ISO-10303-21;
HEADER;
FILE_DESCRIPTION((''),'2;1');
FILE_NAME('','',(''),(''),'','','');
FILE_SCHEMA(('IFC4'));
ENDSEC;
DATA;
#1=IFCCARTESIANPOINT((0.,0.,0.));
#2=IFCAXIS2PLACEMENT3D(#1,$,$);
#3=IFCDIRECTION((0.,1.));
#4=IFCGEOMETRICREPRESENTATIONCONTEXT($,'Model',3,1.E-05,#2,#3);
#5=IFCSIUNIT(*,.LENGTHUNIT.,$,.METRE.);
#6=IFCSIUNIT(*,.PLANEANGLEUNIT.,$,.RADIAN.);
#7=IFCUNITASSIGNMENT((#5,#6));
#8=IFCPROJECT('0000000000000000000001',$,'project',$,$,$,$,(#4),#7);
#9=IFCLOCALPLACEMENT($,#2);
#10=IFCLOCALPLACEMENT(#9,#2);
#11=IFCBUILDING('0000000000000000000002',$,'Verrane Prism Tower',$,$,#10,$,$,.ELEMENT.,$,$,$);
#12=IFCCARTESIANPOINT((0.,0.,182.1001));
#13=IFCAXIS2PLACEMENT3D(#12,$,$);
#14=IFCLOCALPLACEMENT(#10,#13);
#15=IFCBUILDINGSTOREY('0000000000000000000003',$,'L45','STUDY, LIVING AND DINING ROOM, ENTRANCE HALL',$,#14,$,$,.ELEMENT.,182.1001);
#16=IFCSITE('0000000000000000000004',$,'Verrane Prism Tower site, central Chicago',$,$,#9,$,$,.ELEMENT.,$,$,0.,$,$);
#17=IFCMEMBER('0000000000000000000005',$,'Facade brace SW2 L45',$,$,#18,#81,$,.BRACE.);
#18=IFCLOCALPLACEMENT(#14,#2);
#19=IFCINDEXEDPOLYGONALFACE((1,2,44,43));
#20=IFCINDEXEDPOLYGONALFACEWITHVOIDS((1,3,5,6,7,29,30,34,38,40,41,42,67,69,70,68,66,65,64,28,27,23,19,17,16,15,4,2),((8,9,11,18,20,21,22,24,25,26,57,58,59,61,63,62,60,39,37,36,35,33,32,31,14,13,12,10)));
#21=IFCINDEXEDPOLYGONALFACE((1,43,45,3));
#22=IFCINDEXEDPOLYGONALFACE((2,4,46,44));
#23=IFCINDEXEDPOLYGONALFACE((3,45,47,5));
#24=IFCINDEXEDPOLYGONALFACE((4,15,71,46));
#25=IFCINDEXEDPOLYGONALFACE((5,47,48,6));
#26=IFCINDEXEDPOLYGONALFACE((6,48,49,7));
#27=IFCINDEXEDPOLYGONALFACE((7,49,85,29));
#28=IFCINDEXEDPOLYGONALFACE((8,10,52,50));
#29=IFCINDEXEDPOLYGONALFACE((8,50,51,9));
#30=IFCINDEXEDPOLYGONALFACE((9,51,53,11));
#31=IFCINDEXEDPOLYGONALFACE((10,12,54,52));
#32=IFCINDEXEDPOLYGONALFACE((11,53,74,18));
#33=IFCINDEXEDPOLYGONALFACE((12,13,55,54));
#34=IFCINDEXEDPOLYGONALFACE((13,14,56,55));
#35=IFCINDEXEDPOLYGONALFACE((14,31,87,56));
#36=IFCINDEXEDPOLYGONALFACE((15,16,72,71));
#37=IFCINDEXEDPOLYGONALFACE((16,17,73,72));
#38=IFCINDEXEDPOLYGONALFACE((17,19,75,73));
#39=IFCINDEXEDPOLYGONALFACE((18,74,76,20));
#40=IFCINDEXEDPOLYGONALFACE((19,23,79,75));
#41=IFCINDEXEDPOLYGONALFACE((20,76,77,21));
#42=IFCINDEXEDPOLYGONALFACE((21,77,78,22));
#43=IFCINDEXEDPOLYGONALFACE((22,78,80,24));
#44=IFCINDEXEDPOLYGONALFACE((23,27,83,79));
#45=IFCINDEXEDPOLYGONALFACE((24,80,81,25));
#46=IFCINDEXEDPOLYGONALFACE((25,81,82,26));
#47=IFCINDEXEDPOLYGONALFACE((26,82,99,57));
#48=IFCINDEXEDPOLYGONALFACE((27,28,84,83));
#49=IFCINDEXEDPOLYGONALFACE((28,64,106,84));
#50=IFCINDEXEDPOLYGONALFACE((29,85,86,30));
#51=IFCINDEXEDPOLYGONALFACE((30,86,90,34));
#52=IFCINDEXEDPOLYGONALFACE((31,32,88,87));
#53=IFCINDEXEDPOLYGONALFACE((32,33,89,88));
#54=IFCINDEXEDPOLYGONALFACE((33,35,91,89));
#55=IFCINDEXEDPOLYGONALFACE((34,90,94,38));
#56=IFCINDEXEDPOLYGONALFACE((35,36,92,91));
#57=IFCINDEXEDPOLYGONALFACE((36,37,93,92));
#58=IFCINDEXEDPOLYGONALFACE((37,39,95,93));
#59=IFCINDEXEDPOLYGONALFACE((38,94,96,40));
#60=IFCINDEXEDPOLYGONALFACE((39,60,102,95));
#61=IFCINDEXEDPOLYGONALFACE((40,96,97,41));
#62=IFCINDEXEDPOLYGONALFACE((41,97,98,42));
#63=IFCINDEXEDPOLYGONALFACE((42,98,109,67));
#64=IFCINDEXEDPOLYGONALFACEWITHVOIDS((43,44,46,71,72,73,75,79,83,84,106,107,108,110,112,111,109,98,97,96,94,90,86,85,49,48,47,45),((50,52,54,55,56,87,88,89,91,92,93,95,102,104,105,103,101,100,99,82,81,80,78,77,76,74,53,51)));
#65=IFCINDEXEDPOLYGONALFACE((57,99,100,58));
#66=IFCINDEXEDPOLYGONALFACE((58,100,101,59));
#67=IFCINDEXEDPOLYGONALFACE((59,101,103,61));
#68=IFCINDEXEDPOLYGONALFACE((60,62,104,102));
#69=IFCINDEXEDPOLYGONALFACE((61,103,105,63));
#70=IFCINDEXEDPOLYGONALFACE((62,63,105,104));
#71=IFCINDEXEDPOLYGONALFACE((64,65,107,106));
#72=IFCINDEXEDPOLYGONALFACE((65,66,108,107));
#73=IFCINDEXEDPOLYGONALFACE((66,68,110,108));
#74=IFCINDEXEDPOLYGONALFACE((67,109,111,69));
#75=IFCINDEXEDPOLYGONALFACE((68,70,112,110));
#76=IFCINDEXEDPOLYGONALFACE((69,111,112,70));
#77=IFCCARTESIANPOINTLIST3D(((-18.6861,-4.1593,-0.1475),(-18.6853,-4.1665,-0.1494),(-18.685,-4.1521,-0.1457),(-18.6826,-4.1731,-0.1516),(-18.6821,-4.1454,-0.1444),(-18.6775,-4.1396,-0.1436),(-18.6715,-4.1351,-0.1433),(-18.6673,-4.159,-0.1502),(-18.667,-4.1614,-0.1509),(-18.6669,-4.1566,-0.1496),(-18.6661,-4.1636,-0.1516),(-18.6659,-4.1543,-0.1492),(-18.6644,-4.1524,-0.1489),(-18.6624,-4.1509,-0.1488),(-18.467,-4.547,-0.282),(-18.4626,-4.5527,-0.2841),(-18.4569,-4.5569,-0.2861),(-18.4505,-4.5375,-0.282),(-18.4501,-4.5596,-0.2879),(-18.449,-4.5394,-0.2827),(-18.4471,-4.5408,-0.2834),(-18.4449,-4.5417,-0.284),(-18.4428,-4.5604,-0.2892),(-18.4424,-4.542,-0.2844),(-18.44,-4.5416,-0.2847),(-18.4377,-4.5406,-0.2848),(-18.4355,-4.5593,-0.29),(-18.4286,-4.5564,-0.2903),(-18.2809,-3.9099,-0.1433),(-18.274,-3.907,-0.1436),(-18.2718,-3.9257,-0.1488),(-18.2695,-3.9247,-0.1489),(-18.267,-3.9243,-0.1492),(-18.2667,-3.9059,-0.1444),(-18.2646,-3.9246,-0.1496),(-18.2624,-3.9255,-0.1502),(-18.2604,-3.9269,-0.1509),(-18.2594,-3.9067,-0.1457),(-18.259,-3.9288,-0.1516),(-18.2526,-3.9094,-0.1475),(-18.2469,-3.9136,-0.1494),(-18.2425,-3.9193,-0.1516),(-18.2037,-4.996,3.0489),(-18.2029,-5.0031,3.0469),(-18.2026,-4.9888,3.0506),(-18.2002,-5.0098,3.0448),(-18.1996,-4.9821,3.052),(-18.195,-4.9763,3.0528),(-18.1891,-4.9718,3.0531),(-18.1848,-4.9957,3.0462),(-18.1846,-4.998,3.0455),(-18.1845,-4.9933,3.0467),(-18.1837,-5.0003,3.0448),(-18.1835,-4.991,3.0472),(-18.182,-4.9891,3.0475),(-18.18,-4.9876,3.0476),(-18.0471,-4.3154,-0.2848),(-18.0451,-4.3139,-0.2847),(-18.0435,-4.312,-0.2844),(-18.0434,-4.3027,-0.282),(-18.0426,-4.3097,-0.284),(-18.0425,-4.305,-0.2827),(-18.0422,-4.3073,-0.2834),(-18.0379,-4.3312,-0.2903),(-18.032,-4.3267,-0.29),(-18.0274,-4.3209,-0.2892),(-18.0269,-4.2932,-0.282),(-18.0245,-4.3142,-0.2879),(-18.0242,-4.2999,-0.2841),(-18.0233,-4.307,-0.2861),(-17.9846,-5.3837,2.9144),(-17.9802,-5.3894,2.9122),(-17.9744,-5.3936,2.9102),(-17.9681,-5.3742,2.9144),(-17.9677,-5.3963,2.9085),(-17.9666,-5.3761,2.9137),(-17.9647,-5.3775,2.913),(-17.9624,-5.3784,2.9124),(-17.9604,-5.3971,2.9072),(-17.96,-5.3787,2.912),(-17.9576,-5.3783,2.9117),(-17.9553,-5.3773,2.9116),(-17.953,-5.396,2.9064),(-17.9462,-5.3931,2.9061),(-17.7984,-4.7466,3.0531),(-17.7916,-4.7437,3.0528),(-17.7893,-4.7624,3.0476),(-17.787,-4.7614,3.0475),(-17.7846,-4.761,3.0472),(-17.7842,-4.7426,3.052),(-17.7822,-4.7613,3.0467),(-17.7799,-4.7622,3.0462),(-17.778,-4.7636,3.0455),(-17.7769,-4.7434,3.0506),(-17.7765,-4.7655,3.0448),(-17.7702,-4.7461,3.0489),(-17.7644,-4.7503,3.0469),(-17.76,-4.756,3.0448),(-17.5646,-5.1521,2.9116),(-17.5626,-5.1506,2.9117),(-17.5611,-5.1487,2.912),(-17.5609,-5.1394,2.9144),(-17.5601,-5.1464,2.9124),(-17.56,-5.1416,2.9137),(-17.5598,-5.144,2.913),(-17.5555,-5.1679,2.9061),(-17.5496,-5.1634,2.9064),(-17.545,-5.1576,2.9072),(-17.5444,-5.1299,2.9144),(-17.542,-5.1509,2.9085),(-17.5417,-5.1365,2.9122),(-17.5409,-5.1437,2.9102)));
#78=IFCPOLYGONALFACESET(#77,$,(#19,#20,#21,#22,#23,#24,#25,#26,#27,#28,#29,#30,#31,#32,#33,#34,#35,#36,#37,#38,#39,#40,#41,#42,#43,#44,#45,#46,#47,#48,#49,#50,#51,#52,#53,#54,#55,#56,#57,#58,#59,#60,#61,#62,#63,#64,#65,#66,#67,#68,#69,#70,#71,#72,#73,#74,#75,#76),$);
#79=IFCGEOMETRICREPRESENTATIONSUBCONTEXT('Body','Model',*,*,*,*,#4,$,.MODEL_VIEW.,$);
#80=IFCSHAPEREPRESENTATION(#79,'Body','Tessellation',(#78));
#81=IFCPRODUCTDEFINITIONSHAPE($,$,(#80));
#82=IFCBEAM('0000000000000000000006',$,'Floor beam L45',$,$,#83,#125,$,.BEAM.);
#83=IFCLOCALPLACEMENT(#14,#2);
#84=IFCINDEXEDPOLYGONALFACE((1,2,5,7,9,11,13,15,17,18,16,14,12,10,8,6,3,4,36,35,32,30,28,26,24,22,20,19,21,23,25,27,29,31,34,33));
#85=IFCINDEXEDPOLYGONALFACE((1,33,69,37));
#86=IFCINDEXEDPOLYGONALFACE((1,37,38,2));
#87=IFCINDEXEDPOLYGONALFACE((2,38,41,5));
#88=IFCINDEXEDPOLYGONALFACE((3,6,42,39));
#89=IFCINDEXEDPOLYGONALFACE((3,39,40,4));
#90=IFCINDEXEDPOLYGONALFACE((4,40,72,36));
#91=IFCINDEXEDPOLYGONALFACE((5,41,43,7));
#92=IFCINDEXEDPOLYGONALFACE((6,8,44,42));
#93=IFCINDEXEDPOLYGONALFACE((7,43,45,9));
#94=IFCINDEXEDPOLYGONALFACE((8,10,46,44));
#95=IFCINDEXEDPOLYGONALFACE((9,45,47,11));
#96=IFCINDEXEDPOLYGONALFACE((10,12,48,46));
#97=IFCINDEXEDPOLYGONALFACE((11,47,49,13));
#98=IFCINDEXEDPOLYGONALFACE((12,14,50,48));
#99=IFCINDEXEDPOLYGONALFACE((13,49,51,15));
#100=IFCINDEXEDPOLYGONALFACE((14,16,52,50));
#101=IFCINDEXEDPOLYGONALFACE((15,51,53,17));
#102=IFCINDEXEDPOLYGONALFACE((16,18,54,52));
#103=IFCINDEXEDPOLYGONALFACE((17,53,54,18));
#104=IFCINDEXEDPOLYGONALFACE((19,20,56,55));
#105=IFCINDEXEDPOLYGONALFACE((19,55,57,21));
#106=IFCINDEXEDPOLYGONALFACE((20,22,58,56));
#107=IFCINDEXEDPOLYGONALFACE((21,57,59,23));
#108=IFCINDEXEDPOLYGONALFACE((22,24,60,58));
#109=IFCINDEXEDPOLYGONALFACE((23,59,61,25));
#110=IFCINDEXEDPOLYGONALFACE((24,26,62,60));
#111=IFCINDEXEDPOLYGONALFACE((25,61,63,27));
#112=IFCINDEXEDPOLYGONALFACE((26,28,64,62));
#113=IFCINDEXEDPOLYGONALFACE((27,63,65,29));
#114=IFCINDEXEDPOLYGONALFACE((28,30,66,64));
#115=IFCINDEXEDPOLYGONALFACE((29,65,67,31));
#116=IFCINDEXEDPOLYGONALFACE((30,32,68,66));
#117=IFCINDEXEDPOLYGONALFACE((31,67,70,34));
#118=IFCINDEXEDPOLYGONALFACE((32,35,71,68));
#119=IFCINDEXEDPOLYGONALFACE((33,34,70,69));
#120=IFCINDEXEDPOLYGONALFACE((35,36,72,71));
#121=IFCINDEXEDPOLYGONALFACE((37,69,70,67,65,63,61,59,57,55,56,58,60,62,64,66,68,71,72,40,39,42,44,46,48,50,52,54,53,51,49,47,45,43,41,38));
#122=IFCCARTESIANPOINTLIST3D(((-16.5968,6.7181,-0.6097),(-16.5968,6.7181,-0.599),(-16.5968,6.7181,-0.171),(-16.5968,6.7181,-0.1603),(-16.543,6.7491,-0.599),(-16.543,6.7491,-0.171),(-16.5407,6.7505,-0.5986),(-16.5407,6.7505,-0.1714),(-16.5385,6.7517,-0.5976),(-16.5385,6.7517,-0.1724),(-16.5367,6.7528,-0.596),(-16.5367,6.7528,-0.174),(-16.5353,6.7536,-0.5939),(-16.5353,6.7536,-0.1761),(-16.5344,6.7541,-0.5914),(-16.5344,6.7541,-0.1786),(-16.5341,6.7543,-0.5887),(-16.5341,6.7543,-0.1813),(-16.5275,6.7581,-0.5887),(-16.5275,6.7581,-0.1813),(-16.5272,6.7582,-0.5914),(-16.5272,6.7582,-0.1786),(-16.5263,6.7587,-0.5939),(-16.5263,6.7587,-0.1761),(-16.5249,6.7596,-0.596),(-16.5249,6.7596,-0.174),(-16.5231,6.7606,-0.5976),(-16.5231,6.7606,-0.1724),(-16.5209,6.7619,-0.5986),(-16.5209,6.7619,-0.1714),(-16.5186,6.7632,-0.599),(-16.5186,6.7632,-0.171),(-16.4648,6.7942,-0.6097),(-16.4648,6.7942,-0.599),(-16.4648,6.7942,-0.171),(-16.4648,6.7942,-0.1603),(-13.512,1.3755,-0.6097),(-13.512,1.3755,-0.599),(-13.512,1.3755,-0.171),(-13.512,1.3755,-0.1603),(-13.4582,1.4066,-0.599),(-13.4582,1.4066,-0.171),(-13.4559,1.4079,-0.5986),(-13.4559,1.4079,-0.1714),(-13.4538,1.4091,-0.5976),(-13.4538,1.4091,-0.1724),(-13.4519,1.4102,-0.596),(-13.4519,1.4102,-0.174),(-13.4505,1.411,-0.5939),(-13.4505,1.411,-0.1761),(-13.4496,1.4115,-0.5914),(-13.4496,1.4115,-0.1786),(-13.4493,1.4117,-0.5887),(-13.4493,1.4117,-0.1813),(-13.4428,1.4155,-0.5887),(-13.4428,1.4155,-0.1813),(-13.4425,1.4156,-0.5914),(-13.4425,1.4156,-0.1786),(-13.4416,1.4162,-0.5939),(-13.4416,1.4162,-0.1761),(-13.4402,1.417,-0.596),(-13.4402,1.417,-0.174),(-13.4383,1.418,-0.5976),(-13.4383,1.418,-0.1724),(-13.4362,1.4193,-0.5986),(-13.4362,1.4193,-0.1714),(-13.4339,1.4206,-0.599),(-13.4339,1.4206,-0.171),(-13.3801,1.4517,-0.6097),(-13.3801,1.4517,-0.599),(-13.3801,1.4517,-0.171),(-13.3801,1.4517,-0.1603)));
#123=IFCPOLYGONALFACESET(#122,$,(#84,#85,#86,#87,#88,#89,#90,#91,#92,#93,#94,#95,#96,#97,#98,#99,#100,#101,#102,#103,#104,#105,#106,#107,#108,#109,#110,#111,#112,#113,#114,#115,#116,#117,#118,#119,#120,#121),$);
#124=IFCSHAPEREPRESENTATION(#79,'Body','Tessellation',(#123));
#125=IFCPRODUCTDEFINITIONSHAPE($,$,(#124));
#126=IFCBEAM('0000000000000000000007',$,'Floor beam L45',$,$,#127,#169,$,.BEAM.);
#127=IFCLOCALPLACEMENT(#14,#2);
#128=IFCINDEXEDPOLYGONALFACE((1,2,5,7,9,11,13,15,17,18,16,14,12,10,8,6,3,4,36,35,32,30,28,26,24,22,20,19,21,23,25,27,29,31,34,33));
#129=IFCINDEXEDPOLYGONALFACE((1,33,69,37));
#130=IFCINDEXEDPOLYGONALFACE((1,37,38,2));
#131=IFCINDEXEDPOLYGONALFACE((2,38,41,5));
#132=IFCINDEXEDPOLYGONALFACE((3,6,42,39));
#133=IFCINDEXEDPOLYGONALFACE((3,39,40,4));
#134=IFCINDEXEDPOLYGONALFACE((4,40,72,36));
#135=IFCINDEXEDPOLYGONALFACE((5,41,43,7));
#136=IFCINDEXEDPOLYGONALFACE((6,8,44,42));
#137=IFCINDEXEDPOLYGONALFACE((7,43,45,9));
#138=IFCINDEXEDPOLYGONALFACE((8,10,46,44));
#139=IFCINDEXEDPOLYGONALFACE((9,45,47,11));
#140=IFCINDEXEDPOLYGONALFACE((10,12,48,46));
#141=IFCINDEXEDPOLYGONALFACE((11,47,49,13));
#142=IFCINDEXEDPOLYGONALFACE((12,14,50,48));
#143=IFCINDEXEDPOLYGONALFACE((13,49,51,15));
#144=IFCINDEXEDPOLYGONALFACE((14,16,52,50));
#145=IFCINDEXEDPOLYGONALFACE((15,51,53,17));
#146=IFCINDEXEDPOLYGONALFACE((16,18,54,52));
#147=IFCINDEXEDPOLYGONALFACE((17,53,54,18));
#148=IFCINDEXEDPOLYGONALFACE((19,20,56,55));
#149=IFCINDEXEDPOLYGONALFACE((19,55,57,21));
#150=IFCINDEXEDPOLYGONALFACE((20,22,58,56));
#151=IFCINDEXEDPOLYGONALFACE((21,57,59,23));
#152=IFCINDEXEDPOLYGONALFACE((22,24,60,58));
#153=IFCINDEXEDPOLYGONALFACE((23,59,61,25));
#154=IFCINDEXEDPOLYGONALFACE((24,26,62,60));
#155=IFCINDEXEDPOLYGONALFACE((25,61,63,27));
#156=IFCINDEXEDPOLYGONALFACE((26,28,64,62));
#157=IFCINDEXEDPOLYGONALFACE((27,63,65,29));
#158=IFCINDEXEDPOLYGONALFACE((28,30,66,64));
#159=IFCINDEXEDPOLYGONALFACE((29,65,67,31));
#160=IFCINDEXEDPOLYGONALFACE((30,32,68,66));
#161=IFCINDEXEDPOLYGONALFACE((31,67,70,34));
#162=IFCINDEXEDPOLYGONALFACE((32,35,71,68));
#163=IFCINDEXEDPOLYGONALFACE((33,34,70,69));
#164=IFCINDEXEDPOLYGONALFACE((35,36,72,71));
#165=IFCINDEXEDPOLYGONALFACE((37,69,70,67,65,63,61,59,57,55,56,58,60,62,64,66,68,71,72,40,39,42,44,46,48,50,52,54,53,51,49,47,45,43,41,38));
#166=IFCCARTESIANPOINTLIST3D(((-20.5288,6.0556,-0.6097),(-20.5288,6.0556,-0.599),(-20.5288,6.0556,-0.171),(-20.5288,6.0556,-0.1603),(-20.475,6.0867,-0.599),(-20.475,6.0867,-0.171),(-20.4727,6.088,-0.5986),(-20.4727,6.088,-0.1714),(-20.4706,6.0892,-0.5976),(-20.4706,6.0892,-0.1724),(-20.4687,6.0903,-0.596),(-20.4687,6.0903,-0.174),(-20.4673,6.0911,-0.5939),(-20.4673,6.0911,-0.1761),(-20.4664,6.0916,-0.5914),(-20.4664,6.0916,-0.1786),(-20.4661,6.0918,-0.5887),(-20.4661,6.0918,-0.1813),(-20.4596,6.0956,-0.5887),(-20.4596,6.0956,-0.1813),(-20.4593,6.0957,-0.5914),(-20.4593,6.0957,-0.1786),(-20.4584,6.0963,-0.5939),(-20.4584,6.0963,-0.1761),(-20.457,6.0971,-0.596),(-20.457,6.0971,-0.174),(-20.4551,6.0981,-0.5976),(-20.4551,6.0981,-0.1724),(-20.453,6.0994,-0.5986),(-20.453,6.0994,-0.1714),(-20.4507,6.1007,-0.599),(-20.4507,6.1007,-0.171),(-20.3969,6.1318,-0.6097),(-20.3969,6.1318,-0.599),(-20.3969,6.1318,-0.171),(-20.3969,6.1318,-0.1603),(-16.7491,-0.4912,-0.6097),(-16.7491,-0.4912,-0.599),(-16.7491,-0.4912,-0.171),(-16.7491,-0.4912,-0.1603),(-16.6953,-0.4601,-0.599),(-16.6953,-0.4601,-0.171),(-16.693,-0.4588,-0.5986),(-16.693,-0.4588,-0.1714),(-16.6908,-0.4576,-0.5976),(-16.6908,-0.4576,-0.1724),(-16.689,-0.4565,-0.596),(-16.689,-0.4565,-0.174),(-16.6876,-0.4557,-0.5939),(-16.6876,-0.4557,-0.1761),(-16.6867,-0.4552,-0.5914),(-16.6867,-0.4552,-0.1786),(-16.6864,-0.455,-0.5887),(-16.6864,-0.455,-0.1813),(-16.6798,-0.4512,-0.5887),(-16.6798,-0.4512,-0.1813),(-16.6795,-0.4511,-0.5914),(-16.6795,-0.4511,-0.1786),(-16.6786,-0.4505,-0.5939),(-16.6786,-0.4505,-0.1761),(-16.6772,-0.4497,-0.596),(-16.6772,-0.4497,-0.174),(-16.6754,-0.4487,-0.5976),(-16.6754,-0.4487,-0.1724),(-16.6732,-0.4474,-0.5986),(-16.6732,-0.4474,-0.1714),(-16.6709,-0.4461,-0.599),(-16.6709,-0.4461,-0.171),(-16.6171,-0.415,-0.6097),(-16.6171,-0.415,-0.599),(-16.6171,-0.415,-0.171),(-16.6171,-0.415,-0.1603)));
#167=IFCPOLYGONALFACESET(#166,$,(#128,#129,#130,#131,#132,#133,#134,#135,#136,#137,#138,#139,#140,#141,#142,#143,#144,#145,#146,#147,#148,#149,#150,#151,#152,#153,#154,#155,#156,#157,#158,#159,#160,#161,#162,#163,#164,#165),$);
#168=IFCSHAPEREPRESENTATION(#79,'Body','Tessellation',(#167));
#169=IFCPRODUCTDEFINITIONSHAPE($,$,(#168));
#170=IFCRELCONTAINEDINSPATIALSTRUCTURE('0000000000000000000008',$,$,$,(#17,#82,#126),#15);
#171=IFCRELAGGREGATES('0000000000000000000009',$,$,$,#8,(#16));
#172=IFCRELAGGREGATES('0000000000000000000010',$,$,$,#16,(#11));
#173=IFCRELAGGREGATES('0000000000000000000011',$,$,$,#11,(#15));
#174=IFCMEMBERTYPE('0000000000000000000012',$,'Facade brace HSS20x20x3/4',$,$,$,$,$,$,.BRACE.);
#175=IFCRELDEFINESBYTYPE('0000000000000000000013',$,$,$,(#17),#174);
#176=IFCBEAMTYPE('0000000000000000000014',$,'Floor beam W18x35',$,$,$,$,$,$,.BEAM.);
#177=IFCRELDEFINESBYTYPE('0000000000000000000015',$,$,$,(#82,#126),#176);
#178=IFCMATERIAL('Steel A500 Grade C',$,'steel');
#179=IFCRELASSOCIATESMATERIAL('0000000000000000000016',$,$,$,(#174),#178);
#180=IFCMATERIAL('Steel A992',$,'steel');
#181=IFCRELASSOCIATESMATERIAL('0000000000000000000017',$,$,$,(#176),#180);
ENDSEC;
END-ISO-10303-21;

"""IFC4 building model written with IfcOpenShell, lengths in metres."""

from ifc_helpers import new_model, si_unit, direction, frame, origin, origin_2d, place, context, subcontext, project, spatial, hollow_rectangle, i_section, extrude, material, material_profile, profile_set, type_object, element, save


model = new_model("IFC4")

# Units and contexts
model_context = context("Model", 3, precision=1e-05, world=origin(), true_north=direction((0.0, 1.0)))
body_context = subcontext(model_context, "Body", "Model", "MODEL_VIEW")
ifc_project = project(units=[si_unit("LENGTHUNIT", "METRE"), si_unit("PLANEANGLEUNIT", "RADIAN")], contexts=[model_context])

# Site, building, storey
site_placement = place(None, origin())
site = spatial("IfcSite", under=ifc_project, at=site_placement, Name="Verrane Prism Tower site, central Chicago", CompositionType="ELEMENT", RefElevation=0.0)
building_placement = place(site_placement, origin())
building = spatial("IfcBuilding", under=site, at=building_placement, Name="Verrane Prism Tower", CompositionType="ELEMENT")
storey_placement = place(building_placement, frame((0.0, 0.0, 182.1001)))
storey = spatial("IfcBuildingStorey", under=building, at=storey_placement, Name="L45", Description="STUDY, LIVING AND DINING ROOM, ENTRANCE HALL", CompositionType="ELEMENT", Elevation=182.1001)

# Member
ifc_material_1 = material(Name="Steel A500 Grade C", Category="steel")
ifc_material_profile_1 = material_profile(ifc_material_1, hollow_rectangle(XDim=0.5081, YDim=0.5081, WallThickness=0.019, InnerFilletRadius=0.0095, OuterFilletRadius=0.0286, at=origin_2d()), Name="HSS20x20x3/4")
ifc_profile_set_1 = profile_set([ifc_material_profile_1], Name="Steel A500 Grade C")
member_type_1 = type_object("IfcMemberType", Name="Facade brace HSS20x20x3/4", PredefinedType="BRACE", material=ifc_profile_set_1)
member_1_placement = place(storey_placement, frame((-18.3547, -4.2332, -0.2168), z_axis=(0.14448, -0.250574, 0.957256), x_axis=(0.866308, 0.499511, 0.0)))
element("IfcMember", 1, at=member_1_placement, inside=storey, type_object=member_type_1, Name="Facade brace SW2 L45", PredefinedType="BRACE", context=body_context, shape_type="SweptSolid", body=[
    extrude(hollow_rectangle(XDim=0.5081, YDim=0.5081, WallThickness=0.019, InnerFilletRadius=0.0095, OuterFilletRadius=0.0286, at=origin_2d()), origin(), (0.0, 0.0, 1.0), 3.3391),
])

# Beams
ifc_material_2 = material(Name="Steel A992", Category="steel")
ifc_material_profile_2 = material_profile(ifc_material_2, i_section(OverallWidth=0.1523, OverallDepth=0.4495, WebThickness=0.0076, FlangeThickness=0.0107, FilletRadius=0.0103, at=origin_2d()), Name="W18x35")
ifc_profile_set_2 = profile_set([ifc_material_profile_2], Name="Steel A992")
beam_type_1 = type_object("IfcBeamType", Name="Floor beam W18x35", PredefinedType="BEAM", material=ifc_profile_set_2)
beam_1_placement = place(storey_placement, frame((-13.446, 1.4136, -0.385), z_axis=(-0.500025, 0.866011, 0.0), x_axis=(-0.866011, -0.500025, 0.0)))
element("IfcBeam", 2, at=beam_1_placement, inside=storey, type_object=beam_type_1, Name="Floor beam L45", PredefinedType="BEAM", context=body_context, shape_type="SweptSolid", body=[
    extrude(i_section(OverallWidth=0.1523, OverallDepth=0.4495, WebThickness=0.0076, FlangeThickness=0.0107, FilletRadius=0.0103, at=origin_2d()), origin(), (0.0, 0.0, 1.0), 6.1692),
])
beam_2_placement = place(storey_placement, frame((-16.6831, -0.4531, -0.385), z_axis=(-0.499995, 0.866029, 0.0), x_axis=(-0.866029, -0.499995, 0.0)))
element("IfcBeam", 3, at=beam_2_placement, inside=storey, type_object=beam_type_1, Name="Floor beam L45", PredefinedType="BEAM", context=body_context, shape_type="SweptSolid", body=[
    extrude(i_section(OverallWidth=0.1523, OverallDepth=0.4495, WebThickness=0.0076, FlangeThickness=0.0107, FilletRadius=0.0103, at=origin_2d()), origin(), (0.0, 0.0, 1.0), 7.5596),
])

save(model, "model.ifc")
